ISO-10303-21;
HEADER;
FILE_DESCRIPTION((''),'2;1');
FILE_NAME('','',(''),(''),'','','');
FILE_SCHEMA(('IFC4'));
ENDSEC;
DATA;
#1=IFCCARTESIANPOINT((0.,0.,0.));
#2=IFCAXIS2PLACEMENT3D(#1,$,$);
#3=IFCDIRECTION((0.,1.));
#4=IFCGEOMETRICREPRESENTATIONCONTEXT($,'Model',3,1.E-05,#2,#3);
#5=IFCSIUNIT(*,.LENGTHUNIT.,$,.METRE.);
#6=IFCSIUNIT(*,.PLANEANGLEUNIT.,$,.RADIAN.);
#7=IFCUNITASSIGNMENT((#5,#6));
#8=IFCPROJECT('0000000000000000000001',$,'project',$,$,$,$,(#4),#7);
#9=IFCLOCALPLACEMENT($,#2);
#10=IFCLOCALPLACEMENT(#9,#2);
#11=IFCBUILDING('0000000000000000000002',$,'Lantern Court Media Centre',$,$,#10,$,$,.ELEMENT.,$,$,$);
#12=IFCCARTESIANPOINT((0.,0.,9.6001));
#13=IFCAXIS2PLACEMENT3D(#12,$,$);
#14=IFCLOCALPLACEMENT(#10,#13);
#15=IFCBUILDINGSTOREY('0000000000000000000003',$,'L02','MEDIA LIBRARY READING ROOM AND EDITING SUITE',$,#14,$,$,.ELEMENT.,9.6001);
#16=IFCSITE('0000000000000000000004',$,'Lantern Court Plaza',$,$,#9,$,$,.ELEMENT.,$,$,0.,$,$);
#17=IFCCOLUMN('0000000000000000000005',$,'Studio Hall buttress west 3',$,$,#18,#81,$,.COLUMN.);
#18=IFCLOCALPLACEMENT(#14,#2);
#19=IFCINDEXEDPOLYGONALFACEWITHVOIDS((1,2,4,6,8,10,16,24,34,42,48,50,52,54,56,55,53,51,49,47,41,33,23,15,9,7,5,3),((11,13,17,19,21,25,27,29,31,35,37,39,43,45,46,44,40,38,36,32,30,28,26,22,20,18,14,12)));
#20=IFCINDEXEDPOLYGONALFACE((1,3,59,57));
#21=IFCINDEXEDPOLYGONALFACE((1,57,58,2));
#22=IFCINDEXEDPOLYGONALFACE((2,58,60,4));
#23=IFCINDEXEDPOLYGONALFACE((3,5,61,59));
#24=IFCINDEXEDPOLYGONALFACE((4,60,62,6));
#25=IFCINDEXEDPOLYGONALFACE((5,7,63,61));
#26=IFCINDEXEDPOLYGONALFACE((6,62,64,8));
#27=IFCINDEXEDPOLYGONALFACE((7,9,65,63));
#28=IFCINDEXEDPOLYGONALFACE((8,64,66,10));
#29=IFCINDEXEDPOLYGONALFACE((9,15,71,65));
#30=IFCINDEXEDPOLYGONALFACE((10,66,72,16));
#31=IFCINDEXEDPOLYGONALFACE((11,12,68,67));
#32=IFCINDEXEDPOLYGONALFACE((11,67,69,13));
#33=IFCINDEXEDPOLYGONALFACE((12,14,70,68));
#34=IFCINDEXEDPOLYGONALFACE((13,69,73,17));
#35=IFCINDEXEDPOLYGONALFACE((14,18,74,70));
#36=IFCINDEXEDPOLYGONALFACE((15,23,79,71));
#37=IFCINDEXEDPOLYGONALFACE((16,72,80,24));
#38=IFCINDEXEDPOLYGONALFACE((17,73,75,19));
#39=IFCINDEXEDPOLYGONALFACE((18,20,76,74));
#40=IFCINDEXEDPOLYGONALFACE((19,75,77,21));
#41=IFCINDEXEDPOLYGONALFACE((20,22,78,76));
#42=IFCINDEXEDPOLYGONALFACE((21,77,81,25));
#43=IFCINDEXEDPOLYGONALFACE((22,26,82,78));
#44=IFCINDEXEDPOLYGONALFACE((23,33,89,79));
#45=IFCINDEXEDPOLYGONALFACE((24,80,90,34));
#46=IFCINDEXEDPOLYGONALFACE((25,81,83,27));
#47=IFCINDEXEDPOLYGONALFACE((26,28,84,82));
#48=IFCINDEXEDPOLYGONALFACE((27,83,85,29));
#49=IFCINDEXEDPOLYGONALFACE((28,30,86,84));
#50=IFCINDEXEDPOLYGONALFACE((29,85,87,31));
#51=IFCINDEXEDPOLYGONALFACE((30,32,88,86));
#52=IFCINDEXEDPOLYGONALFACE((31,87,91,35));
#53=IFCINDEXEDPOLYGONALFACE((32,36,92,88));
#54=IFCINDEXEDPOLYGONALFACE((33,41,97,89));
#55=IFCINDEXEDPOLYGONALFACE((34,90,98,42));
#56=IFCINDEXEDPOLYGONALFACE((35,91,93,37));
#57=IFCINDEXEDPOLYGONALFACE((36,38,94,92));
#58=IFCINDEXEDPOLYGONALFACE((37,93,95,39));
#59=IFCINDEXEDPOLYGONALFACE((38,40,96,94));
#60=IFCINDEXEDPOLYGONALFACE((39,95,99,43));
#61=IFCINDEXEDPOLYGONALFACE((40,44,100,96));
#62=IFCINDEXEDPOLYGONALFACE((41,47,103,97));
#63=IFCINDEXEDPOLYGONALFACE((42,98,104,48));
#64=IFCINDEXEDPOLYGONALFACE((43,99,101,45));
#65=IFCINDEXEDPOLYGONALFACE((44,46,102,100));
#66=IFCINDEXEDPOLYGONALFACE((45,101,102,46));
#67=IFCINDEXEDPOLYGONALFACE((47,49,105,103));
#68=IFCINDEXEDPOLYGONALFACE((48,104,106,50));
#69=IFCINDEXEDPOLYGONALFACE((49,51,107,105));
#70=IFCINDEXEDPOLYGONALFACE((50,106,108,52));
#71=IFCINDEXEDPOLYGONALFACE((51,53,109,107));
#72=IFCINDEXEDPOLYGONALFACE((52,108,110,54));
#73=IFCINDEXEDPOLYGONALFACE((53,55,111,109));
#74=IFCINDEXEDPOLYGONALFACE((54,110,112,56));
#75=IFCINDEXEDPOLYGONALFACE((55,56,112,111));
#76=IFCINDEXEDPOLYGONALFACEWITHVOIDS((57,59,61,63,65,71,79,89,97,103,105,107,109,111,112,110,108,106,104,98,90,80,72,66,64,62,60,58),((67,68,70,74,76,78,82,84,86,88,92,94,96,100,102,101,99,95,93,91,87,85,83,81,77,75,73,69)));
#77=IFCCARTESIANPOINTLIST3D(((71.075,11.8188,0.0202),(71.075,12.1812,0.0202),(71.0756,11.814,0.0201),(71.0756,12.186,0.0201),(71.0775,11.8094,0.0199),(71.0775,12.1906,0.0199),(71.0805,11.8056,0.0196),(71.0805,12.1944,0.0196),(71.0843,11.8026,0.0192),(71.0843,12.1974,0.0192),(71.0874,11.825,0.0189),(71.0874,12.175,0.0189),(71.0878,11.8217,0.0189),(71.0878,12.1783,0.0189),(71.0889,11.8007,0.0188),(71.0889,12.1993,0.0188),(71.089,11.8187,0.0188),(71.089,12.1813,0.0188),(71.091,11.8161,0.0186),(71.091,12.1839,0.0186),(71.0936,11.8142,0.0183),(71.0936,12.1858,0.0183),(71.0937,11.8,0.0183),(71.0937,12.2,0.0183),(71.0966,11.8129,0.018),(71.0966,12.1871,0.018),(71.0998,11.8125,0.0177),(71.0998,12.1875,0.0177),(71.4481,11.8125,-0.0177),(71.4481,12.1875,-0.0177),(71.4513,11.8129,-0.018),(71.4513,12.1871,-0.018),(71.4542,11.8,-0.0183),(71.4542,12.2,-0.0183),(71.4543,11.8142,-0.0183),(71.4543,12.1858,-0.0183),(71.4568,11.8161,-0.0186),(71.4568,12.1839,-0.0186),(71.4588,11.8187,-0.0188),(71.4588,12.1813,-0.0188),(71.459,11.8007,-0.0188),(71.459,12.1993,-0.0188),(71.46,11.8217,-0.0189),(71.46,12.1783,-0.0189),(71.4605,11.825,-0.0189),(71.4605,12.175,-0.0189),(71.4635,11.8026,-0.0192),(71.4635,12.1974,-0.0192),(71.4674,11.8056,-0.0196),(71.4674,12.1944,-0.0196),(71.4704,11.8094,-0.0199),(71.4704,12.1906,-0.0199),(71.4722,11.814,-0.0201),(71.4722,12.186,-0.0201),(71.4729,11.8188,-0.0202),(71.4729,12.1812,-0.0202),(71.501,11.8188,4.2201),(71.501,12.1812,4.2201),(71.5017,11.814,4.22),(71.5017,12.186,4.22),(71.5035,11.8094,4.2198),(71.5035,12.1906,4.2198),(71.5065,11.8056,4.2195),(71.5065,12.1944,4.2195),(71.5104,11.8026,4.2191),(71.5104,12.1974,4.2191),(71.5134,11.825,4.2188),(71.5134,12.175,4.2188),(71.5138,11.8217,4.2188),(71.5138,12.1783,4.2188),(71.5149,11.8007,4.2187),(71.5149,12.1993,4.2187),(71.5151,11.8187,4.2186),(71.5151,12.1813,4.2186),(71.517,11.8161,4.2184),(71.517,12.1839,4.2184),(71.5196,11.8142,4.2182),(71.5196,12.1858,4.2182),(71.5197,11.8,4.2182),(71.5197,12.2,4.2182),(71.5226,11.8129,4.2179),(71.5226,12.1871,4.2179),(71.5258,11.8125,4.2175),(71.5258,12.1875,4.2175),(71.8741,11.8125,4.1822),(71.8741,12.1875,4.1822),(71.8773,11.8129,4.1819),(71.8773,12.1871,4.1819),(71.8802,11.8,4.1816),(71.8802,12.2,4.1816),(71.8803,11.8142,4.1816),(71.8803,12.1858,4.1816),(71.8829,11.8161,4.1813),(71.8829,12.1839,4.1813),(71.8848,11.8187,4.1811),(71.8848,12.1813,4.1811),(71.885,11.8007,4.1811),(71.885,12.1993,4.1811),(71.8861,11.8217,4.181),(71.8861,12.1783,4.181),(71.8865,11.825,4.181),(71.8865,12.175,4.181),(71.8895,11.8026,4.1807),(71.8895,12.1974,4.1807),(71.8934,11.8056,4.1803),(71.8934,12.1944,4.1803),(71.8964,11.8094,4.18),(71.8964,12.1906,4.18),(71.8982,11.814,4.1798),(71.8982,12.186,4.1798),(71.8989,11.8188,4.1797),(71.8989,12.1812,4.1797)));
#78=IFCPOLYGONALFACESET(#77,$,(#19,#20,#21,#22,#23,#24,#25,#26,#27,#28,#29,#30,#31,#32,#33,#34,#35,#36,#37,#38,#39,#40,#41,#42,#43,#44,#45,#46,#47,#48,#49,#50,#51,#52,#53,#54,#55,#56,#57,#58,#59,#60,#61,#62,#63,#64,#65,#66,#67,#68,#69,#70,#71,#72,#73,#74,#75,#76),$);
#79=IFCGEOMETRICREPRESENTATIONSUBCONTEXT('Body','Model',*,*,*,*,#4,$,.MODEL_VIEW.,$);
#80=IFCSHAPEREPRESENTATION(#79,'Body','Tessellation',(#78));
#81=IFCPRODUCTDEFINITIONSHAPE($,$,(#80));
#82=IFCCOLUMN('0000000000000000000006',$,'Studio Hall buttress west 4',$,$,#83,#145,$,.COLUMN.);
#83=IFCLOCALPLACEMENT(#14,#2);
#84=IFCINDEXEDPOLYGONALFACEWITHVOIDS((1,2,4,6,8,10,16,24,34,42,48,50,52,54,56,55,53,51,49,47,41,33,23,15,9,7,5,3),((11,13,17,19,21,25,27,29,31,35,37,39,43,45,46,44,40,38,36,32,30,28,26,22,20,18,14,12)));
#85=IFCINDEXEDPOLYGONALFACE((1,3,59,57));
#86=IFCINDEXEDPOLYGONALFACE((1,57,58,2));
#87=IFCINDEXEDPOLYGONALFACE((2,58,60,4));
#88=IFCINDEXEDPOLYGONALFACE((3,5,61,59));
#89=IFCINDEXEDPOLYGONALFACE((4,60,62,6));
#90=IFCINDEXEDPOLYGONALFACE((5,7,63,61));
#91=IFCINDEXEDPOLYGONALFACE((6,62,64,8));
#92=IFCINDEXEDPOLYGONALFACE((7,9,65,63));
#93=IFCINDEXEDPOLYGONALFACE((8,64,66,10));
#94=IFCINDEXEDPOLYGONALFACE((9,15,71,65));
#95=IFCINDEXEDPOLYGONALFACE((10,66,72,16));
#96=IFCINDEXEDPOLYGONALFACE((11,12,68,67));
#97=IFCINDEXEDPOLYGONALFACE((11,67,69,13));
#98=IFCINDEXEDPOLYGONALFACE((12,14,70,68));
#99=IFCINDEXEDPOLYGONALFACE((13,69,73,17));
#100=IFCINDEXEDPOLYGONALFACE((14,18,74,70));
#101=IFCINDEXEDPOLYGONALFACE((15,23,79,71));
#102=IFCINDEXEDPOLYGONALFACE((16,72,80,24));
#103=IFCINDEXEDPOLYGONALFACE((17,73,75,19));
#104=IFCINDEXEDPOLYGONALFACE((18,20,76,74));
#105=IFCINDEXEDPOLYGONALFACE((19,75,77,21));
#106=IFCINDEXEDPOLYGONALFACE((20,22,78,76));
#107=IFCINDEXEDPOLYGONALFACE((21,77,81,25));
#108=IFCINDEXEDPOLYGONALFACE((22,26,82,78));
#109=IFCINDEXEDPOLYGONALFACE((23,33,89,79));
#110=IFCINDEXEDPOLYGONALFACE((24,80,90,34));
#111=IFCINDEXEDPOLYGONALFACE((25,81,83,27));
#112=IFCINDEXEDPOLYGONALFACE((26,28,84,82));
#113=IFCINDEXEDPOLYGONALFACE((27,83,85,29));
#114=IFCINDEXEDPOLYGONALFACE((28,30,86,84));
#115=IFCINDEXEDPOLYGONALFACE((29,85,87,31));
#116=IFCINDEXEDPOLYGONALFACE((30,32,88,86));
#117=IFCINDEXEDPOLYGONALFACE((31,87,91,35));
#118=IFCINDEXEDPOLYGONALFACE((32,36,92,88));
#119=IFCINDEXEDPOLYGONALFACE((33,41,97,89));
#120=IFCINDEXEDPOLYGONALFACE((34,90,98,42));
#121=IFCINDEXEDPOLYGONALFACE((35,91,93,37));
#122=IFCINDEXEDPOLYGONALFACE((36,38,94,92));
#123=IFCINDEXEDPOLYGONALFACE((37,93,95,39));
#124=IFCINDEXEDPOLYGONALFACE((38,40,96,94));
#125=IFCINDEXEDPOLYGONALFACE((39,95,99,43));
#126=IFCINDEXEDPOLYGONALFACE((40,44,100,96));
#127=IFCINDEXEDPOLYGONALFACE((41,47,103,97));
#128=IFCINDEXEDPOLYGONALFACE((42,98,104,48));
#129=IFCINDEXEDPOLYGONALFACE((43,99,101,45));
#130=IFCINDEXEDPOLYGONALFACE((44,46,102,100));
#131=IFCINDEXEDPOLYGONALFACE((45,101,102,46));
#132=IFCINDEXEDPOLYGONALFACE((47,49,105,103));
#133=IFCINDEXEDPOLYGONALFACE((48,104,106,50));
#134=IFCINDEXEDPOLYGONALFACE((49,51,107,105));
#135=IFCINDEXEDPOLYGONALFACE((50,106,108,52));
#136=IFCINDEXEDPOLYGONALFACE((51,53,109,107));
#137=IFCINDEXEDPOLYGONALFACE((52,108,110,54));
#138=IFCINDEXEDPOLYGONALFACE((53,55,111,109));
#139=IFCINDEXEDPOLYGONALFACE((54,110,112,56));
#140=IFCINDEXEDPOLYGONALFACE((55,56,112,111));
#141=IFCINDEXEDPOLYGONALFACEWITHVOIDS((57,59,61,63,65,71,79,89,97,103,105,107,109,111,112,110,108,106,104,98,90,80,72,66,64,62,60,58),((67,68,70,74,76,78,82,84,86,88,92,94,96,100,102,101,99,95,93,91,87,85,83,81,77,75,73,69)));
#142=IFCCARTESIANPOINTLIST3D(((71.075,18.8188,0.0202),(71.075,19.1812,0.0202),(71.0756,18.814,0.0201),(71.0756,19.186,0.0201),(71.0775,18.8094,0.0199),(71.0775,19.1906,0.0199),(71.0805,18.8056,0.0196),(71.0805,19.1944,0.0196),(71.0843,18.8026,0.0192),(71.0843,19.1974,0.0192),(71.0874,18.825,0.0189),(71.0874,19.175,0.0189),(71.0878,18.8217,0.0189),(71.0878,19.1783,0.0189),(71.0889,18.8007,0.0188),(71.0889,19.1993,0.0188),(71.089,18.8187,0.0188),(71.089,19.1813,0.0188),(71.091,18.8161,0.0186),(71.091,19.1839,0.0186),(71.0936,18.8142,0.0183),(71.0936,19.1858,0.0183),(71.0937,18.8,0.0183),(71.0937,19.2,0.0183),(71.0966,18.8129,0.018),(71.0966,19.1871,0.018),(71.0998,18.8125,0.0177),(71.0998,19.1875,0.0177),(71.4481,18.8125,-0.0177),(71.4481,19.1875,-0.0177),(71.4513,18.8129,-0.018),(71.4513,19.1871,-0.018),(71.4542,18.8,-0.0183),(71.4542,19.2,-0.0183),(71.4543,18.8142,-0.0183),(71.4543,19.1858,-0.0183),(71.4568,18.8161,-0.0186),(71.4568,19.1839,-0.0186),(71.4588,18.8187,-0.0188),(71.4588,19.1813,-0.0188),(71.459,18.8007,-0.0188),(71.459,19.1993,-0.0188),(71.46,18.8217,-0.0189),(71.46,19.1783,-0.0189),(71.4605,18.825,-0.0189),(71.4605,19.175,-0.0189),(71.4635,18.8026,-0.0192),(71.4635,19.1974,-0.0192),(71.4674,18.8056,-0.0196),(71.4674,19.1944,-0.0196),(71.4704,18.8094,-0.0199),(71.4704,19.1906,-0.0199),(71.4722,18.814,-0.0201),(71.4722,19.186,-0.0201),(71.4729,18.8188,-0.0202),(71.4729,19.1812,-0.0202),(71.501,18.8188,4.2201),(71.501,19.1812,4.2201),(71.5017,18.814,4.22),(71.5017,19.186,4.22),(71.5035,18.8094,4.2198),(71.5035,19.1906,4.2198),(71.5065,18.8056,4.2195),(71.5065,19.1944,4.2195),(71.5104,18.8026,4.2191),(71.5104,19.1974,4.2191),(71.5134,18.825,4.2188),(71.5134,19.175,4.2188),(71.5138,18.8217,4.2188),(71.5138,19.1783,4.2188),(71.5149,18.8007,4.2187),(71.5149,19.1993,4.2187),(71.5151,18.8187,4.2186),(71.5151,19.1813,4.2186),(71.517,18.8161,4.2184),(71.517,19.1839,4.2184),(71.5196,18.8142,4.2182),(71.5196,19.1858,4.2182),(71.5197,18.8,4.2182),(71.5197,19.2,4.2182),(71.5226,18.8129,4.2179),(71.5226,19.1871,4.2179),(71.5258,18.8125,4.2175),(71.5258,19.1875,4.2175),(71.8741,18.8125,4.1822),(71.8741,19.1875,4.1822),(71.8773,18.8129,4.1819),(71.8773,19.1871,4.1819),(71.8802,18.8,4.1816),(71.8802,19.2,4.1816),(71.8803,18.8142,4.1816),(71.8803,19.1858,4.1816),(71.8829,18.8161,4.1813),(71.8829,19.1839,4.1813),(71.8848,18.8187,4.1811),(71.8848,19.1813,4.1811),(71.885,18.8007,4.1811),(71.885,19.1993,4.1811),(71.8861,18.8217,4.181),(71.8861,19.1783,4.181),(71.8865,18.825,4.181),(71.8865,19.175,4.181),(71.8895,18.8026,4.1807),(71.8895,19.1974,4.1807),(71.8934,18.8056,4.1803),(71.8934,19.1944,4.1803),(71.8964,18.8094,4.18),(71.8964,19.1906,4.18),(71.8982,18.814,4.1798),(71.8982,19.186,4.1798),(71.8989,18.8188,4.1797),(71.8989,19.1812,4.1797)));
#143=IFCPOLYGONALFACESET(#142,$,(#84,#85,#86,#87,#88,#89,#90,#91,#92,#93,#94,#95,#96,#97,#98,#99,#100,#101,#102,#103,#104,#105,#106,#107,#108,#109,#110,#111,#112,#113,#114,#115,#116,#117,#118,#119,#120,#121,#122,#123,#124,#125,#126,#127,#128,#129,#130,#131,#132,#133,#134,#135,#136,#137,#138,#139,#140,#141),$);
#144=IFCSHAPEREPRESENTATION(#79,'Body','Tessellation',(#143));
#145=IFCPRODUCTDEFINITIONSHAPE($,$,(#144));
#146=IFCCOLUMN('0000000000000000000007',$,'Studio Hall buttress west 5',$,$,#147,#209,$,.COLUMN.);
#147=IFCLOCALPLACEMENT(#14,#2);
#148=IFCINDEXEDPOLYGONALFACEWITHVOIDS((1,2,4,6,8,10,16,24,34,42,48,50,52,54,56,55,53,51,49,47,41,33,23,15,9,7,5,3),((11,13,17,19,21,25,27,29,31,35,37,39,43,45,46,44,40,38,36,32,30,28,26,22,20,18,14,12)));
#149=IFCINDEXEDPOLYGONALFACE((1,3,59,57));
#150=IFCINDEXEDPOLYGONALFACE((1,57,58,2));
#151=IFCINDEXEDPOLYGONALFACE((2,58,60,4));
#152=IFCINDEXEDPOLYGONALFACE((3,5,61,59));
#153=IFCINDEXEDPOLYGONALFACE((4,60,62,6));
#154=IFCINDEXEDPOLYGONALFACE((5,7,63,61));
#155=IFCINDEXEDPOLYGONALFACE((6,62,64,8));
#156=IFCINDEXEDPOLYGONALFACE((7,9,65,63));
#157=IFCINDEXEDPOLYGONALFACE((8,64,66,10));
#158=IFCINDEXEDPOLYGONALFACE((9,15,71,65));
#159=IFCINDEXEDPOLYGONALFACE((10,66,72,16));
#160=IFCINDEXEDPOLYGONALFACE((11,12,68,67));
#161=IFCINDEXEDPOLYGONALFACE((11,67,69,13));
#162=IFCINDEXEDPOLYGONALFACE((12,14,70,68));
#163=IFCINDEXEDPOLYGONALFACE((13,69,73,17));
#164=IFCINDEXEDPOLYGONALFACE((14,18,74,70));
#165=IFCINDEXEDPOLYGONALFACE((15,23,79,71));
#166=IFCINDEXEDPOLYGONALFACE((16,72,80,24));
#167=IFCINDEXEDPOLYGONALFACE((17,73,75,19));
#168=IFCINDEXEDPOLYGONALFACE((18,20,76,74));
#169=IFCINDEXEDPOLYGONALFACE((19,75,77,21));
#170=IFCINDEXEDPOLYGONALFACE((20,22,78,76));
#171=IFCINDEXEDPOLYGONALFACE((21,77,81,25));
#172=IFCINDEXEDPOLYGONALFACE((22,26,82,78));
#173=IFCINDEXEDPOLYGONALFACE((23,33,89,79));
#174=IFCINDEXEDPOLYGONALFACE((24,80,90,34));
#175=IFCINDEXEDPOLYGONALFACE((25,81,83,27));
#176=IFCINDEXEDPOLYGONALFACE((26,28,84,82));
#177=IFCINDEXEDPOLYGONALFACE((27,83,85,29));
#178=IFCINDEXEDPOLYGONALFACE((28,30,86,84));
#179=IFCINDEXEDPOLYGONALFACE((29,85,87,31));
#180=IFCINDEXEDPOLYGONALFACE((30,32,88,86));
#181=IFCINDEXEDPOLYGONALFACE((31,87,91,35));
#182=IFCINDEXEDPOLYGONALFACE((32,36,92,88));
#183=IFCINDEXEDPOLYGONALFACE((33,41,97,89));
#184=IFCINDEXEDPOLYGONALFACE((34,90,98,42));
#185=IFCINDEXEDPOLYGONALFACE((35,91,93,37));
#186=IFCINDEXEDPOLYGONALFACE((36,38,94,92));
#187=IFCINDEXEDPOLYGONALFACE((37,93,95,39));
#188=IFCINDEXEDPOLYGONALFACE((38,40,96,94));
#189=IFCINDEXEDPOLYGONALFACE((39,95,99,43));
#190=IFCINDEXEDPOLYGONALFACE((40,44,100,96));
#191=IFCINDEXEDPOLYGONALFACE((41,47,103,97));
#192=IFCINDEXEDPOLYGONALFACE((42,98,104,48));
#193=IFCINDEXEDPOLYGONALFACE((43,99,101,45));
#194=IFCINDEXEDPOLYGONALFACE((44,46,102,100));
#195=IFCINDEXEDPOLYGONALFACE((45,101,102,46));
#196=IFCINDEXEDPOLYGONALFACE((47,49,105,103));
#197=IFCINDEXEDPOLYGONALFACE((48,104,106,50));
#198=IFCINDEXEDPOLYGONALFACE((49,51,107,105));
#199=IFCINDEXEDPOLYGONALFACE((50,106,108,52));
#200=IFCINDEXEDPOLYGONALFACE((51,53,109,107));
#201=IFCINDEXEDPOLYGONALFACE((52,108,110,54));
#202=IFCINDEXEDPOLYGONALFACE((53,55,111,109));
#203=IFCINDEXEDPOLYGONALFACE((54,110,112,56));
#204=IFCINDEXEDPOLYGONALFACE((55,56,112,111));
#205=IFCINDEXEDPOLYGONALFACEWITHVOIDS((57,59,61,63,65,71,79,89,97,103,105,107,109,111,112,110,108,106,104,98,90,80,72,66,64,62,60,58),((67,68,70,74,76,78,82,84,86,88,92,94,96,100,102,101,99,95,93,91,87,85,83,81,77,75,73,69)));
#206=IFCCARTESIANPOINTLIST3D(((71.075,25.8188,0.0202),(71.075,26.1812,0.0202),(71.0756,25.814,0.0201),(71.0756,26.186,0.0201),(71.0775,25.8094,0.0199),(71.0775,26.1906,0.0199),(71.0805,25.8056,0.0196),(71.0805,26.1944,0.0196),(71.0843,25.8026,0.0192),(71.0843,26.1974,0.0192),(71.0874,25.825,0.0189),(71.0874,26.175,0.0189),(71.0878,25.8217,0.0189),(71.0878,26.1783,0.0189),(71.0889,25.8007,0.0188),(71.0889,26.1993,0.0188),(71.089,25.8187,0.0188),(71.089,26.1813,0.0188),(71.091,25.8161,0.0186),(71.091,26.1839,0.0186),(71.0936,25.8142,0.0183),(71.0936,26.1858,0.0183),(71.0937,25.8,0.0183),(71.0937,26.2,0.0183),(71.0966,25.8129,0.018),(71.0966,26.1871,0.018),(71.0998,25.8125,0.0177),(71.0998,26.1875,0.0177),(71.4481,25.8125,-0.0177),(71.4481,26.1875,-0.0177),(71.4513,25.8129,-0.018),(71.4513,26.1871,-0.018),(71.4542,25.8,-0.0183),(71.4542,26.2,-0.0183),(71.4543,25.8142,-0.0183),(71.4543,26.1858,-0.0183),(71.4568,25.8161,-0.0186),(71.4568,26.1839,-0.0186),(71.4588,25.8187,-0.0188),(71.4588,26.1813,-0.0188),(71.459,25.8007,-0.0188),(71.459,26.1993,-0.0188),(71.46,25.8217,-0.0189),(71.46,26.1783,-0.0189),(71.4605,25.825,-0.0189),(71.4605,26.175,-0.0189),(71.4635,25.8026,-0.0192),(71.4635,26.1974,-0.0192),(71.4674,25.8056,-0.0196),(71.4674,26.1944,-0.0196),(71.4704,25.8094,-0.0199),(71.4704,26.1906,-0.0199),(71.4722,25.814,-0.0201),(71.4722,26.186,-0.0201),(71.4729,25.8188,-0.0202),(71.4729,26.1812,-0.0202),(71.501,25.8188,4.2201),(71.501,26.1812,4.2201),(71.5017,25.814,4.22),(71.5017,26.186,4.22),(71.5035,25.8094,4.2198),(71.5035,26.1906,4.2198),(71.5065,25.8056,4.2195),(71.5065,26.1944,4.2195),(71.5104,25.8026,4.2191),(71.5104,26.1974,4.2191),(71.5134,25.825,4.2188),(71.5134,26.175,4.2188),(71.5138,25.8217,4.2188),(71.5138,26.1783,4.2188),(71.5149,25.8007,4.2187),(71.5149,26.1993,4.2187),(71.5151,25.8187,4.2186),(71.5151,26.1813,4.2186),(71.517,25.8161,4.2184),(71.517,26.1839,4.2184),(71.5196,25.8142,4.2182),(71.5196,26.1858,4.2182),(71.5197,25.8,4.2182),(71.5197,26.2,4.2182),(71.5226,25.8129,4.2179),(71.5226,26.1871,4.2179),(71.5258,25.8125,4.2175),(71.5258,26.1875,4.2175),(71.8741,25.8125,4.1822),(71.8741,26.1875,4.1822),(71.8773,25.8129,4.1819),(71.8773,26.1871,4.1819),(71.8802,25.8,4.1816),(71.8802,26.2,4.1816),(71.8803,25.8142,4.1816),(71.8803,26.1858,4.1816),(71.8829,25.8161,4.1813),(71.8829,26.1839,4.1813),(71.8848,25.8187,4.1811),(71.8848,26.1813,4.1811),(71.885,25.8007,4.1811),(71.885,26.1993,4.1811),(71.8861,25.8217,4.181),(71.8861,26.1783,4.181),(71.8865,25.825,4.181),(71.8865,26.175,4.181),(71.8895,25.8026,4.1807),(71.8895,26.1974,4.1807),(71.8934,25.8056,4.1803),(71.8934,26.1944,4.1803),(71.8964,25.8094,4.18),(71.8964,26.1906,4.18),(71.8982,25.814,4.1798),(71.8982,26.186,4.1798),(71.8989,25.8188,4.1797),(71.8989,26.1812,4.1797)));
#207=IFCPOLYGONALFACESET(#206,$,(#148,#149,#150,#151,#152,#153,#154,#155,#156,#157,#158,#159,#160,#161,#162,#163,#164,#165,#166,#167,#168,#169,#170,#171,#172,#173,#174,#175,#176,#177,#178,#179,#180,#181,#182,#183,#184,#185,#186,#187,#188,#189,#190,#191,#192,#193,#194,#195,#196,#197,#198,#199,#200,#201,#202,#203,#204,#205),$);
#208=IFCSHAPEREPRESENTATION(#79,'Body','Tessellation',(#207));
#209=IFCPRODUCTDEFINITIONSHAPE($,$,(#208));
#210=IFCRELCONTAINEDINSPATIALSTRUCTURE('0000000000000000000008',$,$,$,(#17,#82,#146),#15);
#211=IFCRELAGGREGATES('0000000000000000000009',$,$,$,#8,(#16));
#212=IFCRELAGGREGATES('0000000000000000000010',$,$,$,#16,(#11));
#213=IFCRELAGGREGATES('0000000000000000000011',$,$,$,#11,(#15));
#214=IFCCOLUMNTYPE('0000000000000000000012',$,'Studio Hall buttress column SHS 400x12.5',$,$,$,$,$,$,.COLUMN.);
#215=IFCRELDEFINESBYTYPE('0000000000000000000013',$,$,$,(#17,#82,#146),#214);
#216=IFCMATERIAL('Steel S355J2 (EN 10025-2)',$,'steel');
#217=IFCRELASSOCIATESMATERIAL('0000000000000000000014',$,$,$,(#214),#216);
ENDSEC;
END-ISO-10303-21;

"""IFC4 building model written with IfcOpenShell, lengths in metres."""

from ifc_helpers import new_model, si_unit, direction, frame, origin, origin_2d, place, context, subcontext, project, spatial, hollow_rectangle, extrude, material, material_profile, profile_set, type_object, element, save


model = new_model("IFC4")

# Units and contexts
model_context = context("Model", 3, precision=1e-05, world=origin(), true_north=direction((0.0, 1.0)))
body_context = subcontext(model_context, "Body", "Model", "MODEL_VIEW")
ifc_project = project(units=[si_unit("LENGTHUNIT", "METRE"), si_unit("PLANEANGLEUNIT", "RADIAN")], contexts=[model_context])

# Site, building, storey
site_placement = place(None, origin())
site = spatial("IfcSite", under=ifc_project, at=site_placement, Name="Lantern Court Plaza", CompositionType="ELEMENT", RefElevation=0.0)
building_placement = place(site_placement, origin())
building = spatial("IfcBuilding", under=site, at=building_placement, Name="Lantern Court Media Centre", CompositionType="ELEMENT")
storey_placement = place(building_placement, frame((0.0, 0.0, 9.6001)))
storey = spatial("IfcBuildingStorey", under=building, at=storey_placement, Name="L02", Description="MEDIA LIBRARY READING ROOM AND EDITING SUITE", CompositionType="ELEMENT", Elevation=9.6001)

# Columns
ifc_material_1 = material(Name="Steel S355J2 (EN 10025-2)", Category="steel")
ifc_material_profile_1 = material_profile(ifc_material_1, hollow_rectangle(XDim=0.3999, YDim=0.3999, WallThickness=0.0125, InnerFilletRadius=0.0125, OuterFilletRadius=0.0188, at=origin_2d()), Name="Studio Hall buttress column SHS 400x12.5")
ifc_profile_set_1 = profile_set([ifc_material_profile_1], Name="Steel S355J2 (EN 10025-2)")
column_type_1 = type_object("IfcColumnType", Name="Studio Hall buttress column SHS 400x12.5", PredefinedType="COLUMN", material=ifc_profile_set_1)
for number, where, z_axis, x_axis, name in (
    (1, (71.2739, 12.0, 0.0), (0.100918, 0.0, 0.994895), (0.0, 1.0, 0.0), "Studio Hall buttress west 3"),
    (2, (71.2739, 19.0, 0.0), (0.100918, 0.0, 0.994895), (0.0, 1.0, 0.0), "Studio Hall buttress west 4"),
    (3, (71.2739, 26.0, 0.0), (0.100918, 0.0, 0.994895), (0.0, 1.0, 0.0), "Studio Hall buttress west 5"),
):
    element("IfcColumn", number, at=place(storey_placement, frame(where, z_axis=z_axis, x_axis=x_axis)), inside=storey, type_object=column_type_1, Name=name, PredefinedType="COLUMN", context=body_context, shape_type="SweptSolid", body=[
        extrude(hollow_rectangle(XDim=0.3999, YDim=0.3999, WallThickness=0.0125, InnerFilletRadius=0.0125, OuterFilletRadius=0.0188, at=origin_2d()), origin(), (0.0, 0.0, 1.0), 4.2214),
    ])

save(model, "model.ifc")
